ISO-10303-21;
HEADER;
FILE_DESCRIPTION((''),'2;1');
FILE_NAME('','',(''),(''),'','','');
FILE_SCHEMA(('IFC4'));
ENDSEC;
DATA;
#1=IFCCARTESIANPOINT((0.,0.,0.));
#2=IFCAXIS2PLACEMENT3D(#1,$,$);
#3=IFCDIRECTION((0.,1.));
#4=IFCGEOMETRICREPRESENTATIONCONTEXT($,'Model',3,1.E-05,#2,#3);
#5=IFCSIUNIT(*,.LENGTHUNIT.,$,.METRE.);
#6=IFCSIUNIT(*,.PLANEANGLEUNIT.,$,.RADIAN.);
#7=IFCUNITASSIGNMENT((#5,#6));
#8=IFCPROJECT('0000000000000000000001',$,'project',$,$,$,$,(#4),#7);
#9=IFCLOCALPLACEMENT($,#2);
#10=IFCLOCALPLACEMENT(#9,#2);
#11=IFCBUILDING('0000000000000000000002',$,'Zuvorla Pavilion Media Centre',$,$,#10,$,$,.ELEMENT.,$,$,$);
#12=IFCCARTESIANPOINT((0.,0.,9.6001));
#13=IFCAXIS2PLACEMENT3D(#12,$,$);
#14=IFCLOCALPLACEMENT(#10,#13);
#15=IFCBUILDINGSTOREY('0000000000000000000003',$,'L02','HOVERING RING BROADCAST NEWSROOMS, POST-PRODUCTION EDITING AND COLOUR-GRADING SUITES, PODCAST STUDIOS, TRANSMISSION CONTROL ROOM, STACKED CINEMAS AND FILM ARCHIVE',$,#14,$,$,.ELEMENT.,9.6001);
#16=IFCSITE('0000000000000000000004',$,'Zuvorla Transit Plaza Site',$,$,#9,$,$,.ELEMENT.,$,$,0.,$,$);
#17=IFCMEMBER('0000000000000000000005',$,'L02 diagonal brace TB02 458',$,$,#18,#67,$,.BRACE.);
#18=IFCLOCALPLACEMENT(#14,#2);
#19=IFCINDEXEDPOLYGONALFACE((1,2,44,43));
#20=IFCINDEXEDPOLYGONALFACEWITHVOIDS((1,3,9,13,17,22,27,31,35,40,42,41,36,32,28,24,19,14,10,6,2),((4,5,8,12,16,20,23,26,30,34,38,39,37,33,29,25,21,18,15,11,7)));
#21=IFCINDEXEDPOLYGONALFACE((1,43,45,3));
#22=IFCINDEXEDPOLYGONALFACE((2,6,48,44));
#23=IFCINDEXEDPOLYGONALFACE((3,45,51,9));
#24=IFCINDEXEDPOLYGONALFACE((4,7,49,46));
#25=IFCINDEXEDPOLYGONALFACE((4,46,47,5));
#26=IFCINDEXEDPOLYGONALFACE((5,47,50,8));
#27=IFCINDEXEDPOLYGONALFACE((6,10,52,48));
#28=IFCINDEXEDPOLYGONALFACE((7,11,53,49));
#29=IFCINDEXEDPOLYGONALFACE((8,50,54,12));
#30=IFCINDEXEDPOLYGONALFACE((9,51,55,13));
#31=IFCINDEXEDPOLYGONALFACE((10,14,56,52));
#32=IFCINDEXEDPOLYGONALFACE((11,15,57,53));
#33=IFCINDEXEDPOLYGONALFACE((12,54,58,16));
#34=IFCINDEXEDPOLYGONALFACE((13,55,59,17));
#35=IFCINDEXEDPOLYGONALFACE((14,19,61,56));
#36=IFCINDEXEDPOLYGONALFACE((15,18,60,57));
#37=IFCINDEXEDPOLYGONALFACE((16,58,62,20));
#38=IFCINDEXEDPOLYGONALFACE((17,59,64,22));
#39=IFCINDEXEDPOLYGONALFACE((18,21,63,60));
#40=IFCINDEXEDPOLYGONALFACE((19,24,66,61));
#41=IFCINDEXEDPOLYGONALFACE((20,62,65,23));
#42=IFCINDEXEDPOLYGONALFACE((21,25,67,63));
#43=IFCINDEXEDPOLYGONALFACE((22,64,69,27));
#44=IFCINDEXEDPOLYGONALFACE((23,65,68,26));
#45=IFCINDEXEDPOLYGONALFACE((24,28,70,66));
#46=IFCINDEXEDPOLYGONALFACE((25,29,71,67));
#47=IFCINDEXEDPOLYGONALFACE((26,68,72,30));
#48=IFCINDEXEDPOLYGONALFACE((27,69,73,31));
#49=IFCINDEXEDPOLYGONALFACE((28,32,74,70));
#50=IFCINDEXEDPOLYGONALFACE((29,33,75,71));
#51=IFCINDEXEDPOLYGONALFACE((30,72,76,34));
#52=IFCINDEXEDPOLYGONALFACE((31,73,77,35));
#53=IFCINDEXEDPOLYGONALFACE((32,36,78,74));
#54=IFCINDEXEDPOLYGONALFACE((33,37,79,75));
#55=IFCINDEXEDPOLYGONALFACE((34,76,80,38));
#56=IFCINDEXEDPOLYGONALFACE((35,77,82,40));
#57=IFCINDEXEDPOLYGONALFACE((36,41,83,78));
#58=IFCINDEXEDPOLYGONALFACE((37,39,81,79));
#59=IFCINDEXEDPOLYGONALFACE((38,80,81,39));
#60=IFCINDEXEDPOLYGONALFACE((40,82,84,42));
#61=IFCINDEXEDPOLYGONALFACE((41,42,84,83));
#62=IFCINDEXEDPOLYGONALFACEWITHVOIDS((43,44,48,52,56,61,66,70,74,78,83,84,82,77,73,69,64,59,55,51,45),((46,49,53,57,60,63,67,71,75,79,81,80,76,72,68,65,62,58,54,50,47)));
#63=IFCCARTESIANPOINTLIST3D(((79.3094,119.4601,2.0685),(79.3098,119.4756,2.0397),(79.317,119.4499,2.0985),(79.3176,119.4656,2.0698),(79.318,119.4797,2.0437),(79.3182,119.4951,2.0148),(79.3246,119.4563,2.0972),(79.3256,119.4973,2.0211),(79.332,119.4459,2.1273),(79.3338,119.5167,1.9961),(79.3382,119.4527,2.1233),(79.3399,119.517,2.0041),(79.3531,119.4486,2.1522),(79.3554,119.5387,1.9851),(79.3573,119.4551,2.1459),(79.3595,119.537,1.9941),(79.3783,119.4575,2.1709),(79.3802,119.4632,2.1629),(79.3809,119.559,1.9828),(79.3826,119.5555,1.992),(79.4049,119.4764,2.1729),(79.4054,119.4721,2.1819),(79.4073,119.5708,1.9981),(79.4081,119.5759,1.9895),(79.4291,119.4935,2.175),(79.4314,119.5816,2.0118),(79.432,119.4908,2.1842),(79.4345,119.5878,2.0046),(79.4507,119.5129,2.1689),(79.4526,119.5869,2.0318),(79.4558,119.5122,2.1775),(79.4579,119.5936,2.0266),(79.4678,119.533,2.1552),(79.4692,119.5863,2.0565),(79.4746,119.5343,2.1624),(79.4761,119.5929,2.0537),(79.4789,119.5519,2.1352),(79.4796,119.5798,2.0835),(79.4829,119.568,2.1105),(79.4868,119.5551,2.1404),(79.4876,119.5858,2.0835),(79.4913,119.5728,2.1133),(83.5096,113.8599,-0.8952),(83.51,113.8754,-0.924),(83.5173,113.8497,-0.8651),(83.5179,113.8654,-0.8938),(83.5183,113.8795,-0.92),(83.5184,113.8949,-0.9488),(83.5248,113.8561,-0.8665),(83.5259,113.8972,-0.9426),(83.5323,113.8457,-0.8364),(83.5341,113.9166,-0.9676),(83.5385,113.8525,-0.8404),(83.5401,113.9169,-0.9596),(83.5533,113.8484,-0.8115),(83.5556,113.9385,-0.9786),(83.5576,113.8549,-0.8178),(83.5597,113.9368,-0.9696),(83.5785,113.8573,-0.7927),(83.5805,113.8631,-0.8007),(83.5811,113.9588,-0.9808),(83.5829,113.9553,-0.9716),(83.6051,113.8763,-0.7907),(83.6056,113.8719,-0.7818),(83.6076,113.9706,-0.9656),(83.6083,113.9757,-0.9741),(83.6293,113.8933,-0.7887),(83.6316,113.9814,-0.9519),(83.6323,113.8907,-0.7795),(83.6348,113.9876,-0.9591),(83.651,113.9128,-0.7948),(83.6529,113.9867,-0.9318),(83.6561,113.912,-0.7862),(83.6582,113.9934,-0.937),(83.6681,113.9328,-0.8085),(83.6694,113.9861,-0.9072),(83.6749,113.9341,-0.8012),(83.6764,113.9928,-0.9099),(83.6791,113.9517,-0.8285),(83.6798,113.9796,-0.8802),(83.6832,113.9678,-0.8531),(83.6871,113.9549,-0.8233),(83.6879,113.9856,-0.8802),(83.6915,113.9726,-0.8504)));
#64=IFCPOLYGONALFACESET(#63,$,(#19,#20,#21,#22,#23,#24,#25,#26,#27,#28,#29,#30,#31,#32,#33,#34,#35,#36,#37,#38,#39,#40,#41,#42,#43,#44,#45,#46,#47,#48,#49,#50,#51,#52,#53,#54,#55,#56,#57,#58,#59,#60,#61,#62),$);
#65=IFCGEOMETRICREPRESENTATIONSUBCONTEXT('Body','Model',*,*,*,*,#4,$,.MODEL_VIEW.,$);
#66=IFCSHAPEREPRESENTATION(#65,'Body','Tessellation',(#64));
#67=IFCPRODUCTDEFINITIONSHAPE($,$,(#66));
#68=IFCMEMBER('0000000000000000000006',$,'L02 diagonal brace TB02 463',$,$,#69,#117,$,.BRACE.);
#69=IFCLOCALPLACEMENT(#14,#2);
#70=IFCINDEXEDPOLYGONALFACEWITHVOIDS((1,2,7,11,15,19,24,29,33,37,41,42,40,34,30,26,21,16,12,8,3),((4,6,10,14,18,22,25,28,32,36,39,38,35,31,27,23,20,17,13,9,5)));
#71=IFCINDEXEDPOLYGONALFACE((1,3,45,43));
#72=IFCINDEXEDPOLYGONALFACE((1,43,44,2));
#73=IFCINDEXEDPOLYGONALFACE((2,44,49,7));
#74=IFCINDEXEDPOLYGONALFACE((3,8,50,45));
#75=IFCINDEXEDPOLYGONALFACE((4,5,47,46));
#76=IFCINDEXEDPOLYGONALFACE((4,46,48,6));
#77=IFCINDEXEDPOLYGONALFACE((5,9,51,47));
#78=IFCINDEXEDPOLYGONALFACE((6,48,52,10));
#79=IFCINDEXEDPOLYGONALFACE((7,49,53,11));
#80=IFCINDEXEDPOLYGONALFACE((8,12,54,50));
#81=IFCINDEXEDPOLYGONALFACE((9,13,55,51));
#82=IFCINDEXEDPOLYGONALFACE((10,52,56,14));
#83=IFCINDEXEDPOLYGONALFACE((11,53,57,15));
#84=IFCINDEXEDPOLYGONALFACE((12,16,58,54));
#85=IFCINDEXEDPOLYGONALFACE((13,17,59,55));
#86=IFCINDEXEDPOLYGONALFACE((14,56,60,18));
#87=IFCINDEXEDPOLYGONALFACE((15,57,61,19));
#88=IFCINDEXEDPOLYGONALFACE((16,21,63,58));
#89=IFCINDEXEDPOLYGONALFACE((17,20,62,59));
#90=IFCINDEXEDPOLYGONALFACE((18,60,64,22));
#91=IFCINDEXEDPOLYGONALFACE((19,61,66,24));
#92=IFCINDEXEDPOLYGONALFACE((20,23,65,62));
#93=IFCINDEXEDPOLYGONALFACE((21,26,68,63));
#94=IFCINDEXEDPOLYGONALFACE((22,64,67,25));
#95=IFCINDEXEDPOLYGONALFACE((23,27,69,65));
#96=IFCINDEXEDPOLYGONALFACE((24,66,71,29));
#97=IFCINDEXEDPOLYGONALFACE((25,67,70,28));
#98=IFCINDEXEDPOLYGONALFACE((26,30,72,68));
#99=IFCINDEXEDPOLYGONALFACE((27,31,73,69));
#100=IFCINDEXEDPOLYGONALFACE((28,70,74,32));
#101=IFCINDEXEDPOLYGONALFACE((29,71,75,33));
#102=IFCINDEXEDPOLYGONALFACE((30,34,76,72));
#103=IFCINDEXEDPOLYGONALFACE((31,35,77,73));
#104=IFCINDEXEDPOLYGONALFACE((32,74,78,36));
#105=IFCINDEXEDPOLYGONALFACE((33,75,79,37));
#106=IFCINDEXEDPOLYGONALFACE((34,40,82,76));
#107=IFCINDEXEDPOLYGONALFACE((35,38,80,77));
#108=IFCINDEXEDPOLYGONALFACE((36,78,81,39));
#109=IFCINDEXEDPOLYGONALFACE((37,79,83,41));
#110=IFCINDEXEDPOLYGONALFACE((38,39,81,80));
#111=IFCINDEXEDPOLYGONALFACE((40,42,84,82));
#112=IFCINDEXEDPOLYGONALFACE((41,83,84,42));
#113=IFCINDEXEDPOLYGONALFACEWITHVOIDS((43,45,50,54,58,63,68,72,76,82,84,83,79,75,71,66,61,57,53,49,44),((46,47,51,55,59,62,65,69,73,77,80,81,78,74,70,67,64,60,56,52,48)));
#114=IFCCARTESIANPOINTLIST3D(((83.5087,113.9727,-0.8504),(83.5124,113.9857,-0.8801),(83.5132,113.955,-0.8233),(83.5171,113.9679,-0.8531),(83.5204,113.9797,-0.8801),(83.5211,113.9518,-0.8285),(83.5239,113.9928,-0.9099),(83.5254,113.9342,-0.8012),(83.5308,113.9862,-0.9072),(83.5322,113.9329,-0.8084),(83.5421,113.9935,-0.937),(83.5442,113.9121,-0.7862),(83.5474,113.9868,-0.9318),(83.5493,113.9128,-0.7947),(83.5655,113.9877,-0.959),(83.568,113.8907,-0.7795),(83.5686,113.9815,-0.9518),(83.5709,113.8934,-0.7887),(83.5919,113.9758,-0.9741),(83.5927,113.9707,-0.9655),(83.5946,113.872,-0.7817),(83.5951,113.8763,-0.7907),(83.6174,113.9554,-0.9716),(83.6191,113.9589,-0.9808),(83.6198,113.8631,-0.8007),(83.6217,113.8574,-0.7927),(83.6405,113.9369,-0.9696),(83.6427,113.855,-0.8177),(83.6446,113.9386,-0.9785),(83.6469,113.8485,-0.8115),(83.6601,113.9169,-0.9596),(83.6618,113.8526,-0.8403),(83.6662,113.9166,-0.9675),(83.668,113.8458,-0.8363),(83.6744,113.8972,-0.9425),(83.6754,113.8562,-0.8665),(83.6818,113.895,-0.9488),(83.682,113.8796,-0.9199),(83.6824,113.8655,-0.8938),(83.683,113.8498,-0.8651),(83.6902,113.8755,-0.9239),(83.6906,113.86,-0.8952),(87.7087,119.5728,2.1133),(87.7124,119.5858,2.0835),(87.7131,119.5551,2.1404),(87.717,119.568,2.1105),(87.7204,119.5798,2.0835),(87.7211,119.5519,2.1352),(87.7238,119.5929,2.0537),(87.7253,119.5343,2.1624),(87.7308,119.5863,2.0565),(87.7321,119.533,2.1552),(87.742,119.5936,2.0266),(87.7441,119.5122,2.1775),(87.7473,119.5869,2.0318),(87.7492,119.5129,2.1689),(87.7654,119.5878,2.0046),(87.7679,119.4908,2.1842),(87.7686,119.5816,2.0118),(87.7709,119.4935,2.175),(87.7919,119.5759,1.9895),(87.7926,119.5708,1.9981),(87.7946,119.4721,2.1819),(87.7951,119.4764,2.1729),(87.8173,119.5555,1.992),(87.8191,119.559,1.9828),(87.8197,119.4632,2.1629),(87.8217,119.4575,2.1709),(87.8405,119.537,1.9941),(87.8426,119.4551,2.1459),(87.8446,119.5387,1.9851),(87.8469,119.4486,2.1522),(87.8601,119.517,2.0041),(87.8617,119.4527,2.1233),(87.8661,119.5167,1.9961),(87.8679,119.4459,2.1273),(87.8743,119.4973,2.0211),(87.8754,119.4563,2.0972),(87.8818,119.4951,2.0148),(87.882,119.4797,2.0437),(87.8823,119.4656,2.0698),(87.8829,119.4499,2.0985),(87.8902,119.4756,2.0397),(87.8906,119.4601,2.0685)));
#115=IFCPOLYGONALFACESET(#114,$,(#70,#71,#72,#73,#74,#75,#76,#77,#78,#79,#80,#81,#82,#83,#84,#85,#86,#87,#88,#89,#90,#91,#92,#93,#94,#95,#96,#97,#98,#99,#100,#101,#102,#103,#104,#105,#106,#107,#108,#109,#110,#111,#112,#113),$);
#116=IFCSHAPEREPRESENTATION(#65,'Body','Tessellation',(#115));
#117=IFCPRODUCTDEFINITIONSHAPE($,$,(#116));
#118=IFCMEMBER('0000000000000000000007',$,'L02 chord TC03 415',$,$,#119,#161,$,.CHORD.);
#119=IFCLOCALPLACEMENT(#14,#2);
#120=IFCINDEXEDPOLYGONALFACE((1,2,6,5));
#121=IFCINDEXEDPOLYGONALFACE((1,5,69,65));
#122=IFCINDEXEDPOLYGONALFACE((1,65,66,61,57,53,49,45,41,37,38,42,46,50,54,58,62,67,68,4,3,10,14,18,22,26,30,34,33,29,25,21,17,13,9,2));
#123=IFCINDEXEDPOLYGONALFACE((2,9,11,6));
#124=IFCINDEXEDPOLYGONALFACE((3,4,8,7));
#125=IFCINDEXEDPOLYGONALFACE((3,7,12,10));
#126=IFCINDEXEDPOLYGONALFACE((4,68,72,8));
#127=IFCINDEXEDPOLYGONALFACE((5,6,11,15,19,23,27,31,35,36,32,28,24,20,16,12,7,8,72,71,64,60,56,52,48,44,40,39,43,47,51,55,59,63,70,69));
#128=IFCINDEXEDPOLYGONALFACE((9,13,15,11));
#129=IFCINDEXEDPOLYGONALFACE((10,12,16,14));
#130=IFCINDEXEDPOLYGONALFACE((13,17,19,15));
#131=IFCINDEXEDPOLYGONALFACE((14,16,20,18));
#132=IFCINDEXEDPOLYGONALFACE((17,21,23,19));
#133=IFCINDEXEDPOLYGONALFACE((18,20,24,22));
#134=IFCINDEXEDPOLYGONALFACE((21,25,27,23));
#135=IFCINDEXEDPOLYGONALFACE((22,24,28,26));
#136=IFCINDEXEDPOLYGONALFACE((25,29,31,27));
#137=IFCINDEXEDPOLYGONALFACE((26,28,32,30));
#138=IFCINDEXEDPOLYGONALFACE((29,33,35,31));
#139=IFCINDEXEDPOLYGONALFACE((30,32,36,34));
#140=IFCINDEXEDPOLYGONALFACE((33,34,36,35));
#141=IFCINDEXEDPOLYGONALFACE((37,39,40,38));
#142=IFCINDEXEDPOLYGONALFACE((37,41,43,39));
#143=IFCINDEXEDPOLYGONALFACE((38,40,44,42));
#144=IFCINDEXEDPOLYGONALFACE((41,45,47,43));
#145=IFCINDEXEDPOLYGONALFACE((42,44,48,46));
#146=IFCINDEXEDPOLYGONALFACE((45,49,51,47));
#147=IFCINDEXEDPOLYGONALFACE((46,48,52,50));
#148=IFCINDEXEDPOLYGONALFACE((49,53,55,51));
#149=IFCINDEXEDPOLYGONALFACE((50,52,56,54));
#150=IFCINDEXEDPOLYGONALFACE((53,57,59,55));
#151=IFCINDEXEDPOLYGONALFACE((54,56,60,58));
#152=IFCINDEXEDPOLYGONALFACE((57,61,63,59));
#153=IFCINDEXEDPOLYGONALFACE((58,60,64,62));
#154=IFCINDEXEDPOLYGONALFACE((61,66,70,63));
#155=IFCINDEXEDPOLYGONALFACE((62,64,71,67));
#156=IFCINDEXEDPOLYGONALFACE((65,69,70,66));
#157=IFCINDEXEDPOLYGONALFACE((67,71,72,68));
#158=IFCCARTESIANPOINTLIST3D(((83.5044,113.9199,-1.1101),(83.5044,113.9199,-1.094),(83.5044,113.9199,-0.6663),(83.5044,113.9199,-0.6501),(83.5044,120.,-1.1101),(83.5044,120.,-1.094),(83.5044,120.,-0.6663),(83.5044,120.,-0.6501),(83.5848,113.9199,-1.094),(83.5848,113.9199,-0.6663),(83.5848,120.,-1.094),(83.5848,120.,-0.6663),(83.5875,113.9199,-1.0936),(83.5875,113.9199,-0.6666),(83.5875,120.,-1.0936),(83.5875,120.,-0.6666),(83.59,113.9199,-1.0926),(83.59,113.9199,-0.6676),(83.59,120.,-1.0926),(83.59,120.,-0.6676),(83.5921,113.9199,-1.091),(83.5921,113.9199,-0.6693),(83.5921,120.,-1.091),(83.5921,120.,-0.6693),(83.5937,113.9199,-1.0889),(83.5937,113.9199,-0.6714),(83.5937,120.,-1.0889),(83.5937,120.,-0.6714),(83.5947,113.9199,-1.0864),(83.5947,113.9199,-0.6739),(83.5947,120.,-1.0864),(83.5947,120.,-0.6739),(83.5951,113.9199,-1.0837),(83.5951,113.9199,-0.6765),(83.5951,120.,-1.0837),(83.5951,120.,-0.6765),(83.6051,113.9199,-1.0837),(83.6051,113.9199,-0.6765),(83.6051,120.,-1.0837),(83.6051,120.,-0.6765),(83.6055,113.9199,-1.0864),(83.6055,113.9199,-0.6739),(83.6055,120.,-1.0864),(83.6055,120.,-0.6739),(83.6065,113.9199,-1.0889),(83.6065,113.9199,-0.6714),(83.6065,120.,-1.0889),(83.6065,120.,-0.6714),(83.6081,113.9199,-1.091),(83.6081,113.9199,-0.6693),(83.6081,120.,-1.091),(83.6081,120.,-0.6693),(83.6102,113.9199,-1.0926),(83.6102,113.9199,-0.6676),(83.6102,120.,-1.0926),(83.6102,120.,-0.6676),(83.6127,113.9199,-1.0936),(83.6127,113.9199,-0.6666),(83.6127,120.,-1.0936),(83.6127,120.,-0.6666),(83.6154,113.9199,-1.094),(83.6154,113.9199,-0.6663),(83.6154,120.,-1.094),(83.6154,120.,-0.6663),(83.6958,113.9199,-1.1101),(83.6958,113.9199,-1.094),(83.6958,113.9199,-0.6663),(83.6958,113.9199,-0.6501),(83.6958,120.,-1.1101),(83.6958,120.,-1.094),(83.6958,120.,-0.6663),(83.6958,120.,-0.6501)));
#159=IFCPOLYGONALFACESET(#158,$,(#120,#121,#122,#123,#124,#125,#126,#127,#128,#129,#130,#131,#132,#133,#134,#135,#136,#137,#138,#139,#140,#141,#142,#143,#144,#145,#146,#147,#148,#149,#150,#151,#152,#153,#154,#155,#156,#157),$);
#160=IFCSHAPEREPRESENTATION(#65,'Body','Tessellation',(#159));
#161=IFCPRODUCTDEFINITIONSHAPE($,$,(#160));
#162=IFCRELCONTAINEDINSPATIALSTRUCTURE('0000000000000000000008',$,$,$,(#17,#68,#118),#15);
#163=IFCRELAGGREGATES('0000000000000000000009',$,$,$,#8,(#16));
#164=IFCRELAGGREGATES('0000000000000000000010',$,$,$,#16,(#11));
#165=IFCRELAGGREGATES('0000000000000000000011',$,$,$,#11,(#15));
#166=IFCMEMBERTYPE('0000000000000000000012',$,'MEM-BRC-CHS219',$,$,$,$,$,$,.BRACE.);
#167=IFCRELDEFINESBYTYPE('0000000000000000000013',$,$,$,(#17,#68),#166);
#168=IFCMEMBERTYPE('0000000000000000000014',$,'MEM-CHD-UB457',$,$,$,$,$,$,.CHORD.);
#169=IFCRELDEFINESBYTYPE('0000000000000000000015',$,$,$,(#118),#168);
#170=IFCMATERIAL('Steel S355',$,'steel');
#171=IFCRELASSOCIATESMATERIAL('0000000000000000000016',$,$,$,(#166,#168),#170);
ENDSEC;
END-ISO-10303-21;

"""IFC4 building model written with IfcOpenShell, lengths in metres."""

from ifc_helpers import new_model, si_unit, direction, frame, origin, origin_2d, place, context, subcontext, project, spatial, hollow_circle, i_section, extrude, material, material_profile, profile_set, type_object, element, save


model = new_model("IFC4")

# Units and contexts
model_context = context("Model", 3, precision=1e-05, world=origin(), true_north=direction((0.0, 1.0)))
body_context = subcontext(model_context, "Body", "Model", "MODEL_VIEW")
ifc_project = project(units=[si_unit("LENGTHUNIT", "METRE"), si_unit("PLANEANGLEUNIT", "RADIAN")], contexts=[model_context])

# Site, building, storey
site_placement = place(None, origin())
site = spatial("IfcSite", under=ifc_project, at=site_placement, Name="Zuvorla Transit Plaza Site", CompositionType="ELEMENT", RefElevation=0.0)
building_placement = place(site_placement, origin())
building = spatial("IfcBuilding", under=site, at=building_placement, Name="Zuvorla Pavilion Media Centre", CompositionType="ELEMENT")
storey_placement = place(building_placement, frame((0.0, 0.0, 9.6001)))
storey = spatial("IfcBuildingStorey", under=building, at=storey_placement, Name="L02", Description="HOVERING RING BROADCAST NEWSROOMS, POST-PRODUCTION EDITING AND COLOUR-GRADING SUITES, PODCAST STUDIOS, TRANSMISSION CONTROL ROOM, STACKED CINEMAS AND FILM ARCHIVE", CompositionType="ELEMENT", Elevation=9.6001)

# Members
ifc_material_1 = material(Name="Steel S355", Category="steel")
ifc_material_profile_1 = material_profile(ifc_material_1, hollow_circle(Radius=0.1096, WallThickness=0.01, at=origin_2d()), Name="CHS 219.1x10")
ifc_profile_set_1 = profile_set([ifc_material_profile_1], Name="Steel S355")
member_type_1 = type_object("IfcMemberType", Name="MEM-BRC-CHS219", PredefinedType="BRACE", material=ifc_profile_set_1)
member_1_placement = place(storey_placement, frame((79.3999, 119.52, 2.0835), z_axis=(0.552534, -0.73669, -0.389863), x_axis=(0.799992, 0.600011, 0.0)))
element("IfcMember", 1, at=member_1_placement, inside=storey, type_object=member_type_1, Name="L02 diagonal brace TB02 458", PredefinedType="BRACE", context=body_context, shape_type="SweptSolid", body=[
    extrude(hollow_circle(Radius=0.1096, WallThickness=0.01, at=origin_2d()), origin(), (0.0, 0.0, 1.0), 7.6018),
])
member_2_placement = place(storey_placement, frame((83.6001, 113.9199, -0.8801), z_axis=(0.552512, 0.736704, 0.38987), x_axis=(-0.800008, 0.599989, 0.0)))
element("IfcMember", 2, at=member_2_placement, inside=storey, type_object=member_type_1, Name="L02 diagonal brace TB02 463", PredefinedType="BRACE", context=body_context, shape_type="SweptSolid", body=[
    extrude(hollow_circle(Radius=0.1096, WallThickness=0.01, at=origin_2d()), origin(), (0.0, 0.0, 1.0), 7.6016),
])
ifc_material_profile_2 = material_profile(ifc_material_1, i_section(OverallWidth=0.1914, OverallDepth=0.46, WebThickness=0.01, FlangeThickness=0.0161, FilletRadius=0.0103, at=origin_2d()), Name="UB 457x191x82")
ifc_profile_set_2 = profile_set([ifc_material_profile_2], Name="Steel S355")
member_type_2 = type_object("IfcMemberType", Name="MEM-CHD-UB457", PredefinedType="CHORD", material=ifc_profile_set_2)
member_3_placement = place(storey_placement, frame((83.6001, 113.9199, -0.8801), z_axis=(0.0, 1.0, 0.0), x_axis=(-1.0, 0.0, 0.0)))
element("IfcMember", 3, at=member_3_placement, inside=storey, type_object=member_type_2, Name="L02 chord TC03 415", PredefinedType="CHORD", context=body_context, shape_type="SweptSolid", body=[
    extrude(i_section(OverallWidth=0.1914, OverallDepth=0.46, WebThickness=0.01, FlangeThickness=0.0161, FilletRadius=0.0103, at=origin_2d()), origin(), (0.0, 0.0, 1.0), 6.0801),
])

save(model, "model.ifc")
